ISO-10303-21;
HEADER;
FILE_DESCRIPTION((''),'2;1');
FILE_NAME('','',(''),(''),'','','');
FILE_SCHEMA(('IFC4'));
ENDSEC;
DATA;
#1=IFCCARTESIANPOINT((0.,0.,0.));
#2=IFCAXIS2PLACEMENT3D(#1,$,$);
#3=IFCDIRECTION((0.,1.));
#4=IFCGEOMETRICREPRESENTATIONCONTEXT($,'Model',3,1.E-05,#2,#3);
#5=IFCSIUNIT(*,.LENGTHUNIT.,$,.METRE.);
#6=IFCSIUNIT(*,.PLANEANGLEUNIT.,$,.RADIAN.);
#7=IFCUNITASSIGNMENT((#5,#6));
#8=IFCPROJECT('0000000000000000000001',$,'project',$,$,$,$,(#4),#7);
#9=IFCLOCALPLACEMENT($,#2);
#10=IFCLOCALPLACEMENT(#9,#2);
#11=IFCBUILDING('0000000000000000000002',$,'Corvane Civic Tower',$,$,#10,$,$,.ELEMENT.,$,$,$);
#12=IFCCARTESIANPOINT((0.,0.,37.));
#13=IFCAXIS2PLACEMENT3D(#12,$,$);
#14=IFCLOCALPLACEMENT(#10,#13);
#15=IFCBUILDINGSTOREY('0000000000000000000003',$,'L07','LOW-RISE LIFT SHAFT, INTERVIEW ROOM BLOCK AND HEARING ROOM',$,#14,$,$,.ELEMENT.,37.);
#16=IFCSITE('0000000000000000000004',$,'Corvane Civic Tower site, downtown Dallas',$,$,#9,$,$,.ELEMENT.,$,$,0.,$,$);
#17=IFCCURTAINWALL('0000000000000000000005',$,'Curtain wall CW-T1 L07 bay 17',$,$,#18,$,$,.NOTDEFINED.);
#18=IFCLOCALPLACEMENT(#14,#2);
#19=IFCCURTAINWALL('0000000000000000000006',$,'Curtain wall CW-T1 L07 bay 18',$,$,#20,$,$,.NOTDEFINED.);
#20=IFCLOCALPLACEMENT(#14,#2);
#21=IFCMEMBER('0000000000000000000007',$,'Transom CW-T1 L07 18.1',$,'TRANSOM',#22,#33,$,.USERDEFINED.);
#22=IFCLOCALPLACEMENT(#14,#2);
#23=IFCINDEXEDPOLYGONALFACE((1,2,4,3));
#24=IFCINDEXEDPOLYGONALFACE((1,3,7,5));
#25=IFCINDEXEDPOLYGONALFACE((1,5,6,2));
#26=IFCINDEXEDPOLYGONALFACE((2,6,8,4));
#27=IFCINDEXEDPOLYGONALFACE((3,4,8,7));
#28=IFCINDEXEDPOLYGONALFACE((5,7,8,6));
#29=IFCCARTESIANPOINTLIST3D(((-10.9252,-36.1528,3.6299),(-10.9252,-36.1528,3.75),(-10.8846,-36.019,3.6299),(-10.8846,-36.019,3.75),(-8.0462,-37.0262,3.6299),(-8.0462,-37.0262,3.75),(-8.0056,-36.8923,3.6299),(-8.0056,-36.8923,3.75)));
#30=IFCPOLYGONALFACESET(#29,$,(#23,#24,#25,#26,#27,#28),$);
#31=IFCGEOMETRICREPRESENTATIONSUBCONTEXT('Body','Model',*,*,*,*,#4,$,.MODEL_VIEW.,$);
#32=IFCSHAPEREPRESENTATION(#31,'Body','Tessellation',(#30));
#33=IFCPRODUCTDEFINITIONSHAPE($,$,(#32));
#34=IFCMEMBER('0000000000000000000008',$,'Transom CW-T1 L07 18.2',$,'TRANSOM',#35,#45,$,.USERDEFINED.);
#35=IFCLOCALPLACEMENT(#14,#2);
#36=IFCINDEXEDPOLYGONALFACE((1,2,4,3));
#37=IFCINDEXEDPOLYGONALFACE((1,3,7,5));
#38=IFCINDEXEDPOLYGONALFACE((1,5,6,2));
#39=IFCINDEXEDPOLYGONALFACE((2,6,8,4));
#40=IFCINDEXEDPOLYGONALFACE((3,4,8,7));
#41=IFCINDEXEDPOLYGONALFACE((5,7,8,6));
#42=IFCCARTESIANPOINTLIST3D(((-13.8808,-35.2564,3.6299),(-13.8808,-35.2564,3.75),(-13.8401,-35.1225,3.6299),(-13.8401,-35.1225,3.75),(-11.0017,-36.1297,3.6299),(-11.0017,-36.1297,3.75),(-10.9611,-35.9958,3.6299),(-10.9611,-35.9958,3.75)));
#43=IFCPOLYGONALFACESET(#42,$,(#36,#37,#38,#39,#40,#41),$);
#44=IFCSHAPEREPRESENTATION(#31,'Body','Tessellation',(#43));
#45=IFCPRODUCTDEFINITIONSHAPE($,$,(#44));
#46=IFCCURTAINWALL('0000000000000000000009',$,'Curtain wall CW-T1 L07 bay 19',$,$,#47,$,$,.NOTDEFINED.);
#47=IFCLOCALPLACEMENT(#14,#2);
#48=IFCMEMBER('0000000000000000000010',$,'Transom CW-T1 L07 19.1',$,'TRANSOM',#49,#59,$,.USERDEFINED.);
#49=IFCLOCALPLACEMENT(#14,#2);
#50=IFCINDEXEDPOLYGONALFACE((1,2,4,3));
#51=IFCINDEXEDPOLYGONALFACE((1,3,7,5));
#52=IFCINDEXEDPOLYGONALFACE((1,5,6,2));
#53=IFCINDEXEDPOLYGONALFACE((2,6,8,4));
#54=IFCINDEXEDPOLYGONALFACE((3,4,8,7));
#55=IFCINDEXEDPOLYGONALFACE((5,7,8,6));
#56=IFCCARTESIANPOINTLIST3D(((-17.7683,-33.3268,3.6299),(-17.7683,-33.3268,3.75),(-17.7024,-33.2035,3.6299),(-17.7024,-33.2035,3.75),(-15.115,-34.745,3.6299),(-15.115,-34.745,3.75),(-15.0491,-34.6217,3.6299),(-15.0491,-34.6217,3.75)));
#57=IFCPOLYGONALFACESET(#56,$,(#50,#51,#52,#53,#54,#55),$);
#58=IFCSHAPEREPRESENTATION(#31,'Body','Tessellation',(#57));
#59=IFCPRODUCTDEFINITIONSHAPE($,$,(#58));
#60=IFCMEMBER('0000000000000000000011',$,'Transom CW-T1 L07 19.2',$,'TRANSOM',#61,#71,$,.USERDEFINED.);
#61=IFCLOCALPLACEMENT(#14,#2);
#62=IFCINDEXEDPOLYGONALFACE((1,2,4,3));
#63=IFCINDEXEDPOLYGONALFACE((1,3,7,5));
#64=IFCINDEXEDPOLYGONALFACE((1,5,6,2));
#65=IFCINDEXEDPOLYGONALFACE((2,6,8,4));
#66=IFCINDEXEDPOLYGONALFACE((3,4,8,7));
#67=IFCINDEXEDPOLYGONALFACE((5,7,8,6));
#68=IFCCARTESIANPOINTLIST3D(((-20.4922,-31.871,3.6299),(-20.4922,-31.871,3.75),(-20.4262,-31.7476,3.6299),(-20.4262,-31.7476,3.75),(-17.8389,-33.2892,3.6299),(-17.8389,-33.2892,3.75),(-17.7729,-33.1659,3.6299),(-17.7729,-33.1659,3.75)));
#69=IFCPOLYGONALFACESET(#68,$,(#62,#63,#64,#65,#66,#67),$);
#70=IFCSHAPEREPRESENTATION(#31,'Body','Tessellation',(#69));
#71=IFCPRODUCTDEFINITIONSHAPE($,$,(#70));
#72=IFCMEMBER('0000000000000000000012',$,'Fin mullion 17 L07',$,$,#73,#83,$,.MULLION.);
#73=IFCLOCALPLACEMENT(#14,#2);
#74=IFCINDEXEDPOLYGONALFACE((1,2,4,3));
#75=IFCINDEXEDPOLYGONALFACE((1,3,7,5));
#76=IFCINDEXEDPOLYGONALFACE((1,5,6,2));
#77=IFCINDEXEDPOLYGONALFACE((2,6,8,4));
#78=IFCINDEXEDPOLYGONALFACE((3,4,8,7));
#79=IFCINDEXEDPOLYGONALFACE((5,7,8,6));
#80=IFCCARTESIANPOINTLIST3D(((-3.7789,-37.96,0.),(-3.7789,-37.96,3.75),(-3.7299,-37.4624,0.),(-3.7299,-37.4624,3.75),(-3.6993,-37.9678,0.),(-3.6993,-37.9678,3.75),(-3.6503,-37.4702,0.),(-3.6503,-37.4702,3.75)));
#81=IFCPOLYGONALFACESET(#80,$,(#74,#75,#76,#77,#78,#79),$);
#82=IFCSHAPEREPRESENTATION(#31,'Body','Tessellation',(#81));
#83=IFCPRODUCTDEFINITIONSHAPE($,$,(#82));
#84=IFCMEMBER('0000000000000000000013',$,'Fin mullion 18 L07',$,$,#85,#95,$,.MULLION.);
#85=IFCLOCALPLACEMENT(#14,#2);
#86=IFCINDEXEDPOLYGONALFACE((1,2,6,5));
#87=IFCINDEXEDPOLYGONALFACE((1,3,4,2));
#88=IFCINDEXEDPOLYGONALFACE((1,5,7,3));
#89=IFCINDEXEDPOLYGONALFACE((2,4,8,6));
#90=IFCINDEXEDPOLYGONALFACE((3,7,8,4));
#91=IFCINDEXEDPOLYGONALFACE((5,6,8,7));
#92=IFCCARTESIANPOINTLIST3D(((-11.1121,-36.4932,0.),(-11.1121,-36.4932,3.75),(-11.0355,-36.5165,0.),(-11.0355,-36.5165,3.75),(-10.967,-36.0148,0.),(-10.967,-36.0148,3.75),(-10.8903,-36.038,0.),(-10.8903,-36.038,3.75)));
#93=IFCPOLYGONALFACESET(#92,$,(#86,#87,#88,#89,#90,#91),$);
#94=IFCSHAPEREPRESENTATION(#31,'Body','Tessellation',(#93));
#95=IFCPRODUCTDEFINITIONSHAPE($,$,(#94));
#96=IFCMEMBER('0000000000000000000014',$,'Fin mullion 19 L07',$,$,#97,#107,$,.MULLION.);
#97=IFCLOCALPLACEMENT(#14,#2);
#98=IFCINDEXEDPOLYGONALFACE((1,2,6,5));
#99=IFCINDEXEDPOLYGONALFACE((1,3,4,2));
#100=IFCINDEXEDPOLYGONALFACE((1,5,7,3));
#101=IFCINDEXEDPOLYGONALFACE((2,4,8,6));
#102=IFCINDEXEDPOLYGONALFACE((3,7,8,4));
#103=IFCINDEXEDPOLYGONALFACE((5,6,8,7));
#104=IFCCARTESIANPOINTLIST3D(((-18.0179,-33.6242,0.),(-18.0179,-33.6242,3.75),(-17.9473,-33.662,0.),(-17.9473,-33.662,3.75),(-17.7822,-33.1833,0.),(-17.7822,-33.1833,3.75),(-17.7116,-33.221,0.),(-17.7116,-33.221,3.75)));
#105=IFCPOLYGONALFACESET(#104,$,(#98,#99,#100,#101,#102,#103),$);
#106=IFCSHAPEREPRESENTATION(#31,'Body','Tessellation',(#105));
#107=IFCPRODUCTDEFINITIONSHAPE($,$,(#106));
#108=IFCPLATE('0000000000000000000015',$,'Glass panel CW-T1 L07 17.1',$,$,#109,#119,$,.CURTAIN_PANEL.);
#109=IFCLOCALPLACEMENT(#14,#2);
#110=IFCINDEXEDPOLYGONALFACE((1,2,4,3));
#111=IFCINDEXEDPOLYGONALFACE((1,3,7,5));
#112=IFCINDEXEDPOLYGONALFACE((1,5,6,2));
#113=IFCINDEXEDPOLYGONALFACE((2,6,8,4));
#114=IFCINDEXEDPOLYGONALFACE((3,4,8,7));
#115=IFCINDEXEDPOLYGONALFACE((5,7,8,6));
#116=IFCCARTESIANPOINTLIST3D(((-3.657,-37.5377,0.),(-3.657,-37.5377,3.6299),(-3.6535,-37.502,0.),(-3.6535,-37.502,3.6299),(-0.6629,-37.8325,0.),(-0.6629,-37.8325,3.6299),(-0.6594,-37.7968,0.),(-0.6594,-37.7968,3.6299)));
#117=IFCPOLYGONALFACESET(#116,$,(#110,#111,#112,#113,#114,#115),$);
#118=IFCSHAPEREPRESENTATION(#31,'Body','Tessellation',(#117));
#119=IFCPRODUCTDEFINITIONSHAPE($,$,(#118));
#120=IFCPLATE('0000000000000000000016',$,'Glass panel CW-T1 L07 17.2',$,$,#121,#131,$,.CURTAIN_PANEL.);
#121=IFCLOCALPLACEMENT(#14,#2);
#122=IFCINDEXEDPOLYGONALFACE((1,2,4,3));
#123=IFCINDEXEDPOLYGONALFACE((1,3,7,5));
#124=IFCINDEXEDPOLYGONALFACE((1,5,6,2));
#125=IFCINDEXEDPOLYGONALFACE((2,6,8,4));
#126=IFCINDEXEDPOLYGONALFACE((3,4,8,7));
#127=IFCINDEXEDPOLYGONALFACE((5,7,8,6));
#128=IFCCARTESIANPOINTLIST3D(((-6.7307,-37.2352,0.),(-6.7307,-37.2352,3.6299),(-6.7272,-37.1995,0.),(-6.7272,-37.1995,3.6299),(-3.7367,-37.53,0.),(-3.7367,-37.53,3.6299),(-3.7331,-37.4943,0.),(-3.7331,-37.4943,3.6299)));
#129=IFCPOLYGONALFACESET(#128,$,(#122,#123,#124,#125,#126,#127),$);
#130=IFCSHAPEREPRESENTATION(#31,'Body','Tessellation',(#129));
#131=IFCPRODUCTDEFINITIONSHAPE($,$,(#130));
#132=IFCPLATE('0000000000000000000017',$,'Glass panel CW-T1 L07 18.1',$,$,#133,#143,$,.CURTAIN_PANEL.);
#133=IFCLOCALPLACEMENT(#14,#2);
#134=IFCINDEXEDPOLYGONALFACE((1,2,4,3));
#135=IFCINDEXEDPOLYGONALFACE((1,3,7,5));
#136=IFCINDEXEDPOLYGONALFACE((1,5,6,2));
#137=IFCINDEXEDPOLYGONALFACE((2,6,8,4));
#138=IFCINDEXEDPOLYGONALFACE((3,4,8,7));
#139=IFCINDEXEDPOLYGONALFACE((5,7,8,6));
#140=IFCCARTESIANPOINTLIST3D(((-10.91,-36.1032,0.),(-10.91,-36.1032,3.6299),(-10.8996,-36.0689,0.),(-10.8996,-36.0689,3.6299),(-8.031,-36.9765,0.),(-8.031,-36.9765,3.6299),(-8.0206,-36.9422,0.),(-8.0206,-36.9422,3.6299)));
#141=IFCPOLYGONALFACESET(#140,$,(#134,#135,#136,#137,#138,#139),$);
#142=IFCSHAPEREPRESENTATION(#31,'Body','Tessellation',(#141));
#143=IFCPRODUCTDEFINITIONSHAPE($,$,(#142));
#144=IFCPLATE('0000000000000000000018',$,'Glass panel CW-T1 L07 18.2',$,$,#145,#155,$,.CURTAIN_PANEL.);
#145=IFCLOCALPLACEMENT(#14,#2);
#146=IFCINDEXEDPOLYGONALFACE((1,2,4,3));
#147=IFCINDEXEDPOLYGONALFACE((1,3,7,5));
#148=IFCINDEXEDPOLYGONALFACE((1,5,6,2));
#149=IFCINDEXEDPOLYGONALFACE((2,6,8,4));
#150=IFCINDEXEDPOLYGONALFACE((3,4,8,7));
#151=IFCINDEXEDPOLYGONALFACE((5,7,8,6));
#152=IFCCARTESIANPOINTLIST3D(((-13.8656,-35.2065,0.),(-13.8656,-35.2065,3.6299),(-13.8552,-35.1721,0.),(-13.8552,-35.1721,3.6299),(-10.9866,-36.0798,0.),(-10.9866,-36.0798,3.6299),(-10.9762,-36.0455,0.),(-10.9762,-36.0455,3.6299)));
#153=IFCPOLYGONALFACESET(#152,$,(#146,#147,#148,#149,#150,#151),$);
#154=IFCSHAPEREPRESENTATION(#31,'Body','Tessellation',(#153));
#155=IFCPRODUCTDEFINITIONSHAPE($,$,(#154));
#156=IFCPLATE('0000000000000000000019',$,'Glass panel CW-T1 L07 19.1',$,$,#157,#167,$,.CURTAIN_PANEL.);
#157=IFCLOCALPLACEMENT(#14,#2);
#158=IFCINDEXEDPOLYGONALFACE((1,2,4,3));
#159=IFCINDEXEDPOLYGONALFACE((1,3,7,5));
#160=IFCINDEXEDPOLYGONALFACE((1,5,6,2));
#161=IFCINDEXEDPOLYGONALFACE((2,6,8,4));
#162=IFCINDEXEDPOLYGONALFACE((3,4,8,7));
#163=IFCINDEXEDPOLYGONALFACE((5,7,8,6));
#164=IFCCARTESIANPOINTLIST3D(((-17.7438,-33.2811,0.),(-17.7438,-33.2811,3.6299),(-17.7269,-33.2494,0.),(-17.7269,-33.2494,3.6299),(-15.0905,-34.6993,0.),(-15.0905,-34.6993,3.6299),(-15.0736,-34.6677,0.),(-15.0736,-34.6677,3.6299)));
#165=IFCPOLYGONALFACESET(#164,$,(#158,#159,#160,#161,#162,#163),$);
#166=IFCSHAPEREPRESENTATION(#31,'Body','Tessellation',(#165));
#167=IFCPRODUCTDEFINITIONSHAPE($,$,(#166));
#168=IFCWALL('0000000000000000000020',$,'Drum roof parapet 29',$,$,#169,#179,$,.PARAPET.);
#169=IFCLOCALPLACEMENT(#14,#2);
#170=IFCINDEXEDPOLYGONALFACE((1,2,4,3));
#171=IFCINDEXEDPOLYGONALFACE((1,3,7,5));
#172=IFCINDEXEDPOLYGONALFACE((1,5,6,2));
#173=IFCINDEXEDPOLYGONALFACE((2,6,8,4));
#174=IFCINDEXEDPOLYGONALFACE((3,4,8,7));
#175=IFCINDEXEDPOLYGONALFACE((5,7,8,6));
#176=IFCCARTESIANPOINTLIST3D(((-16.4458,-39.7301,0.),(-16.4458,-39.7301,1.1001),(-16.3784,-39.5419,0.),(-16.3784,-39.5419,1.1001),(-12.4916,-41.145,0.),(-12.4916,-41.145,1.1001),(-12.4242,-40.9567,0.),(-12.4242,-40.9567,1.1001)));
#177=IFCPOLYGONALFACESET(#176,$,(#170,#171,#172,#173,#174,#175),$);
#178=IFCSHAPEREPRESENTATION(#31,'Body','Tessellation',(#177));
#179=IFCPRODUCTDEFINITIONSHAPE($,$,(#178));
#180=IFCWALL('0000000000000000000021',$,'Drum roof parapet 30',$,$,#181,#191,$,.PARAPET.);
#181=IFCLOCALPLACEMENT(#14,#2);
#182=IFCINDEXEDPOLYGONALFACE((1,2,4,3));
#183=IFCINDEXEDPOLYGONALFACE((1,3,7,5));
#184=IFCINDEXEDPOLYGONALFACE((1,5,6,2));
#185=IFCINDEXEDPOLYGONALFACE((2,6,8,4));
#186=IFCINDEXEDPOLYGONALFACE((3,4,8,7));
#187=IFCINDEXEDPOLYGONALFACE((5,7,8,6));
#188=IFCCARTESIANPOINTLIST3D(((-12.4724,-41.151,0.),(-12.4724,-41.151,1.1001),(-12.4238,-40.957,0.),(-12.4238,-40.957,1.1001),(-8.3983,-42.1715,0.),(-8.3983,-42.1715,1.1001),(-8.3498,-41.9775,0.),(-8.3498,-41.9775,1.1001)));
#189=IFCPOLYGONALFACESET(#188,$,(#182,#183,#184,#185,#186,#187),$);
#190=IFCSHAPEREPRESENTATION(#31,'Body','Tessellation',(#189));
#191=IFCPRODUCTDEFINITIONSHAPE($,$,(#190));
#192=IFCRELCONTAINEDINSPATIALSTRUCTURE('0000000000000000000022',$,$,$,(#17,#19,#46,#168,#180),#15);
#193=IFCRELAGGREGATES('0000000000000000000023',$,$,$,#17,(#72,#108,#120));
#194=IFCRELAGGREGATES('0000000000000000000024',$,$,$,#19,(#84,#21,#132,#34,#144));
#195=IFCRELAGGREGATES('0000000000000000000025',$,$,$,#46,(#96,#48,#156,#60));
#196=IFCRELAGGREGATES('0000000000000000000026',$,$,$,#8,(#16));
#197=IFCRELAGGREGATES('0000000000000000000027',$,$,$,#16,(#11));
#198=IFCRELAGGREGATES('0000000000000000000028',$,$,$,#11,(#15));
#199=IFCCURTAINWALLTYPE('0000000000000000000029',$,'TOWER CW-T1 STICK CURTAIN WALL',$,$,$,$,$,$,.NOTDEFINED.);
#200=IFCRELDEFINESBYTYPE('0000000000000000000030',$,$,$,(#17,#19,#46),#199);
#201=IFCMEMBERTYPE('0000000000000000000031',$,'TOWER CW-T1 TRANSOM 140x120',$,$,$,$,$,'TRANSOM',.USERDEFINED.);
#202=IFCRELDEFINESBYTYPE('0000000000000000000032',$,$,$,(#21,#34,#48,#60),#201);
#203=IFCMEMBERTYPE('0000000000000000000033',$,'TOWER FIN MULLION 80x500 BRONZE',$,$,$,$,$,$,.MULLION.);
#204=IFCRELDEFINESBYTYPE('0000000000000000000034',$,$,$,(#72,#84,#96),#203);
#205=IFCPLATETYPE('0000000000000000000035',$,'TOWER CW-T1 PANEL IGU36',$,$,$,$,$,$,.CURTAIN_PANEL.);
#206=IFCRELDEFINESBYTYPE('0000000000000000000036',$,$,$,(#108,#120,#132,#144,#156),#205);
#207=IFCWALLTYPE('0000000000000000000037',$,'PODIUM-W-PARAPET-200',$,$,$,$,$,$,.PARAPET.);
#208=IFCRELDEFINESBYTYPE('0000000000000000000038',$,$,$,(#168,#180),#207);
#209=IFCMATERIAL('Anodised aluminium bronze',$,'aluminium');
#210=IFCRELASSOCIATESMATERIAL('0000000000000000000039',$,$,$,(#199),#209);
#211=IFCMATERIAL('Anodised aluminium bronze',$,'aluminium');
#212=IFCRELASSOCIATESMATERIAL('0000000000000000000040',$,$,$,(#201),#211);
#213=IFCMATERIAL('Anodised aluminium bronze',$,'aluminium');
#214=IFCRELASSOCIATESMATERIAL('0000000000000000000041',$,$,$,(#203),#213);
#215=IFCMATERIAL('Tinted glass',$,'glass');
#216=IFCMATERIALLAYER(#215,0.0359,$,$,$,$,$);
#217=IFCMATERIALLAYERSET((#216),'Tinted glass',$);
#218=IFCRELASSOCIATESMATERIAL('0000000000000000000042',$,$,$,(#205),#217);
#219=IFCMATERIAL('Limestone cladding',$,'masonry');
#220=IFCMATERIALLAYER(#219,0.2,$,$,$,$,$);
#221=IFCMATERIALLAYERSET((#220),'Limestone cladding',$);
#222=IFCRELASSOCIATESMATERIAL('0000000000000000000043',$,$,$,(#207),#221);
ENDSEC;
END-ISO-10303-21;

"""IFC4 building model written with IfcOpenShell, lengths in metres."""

from ifc_helpers import new_model, si_unit, direction, frame, frame_2d, origin, origin_2d, place, context, subcontext, project, spatial, rectangle, extrude, material, layer, layer_set, material_profile, profile_set, type_object, element, aggregate, save


model = new_model("IFC4")

# Units and contexts
model_context = context("Model", 3, precision=1e-05, world=origin(), true_north=direction((0.0, 1.0)))
body_context = subcontext(model_context, "Body", "Model", "MODEL_VIEW")
ifc_project = project(units=[si_unit("LENGTHUNIT", "METRE"), si_unit("PLANEANGLEUNIT", "RADIAN")], contexts=[model_context])

# Site, building, storey
site_placement = place(None, origin())
site = spatial("IfcSite", under=ifc_project, at=site_placement, Name="Corvane Civic Tower site, downtown Dallas", CompositionType="ELEMENT", RefElevation=0.0)
building_placement = place(site_placement, origin())
building = spatial("IfcBuilding", under=site, at=building_placement, Name="Corvane Civic Tower", CompositionType="ELEMENT")
storey_placement = place(building_placement, frame((0.0, 0.0, 37.0)))
storey = spatial("IfcBuildingStorey", under=building, at=storey_placement, Name="L07", Description="LOW-RISE LIFT SHAFT, INTERVIEW ROOM BLOCK AND HEARING ROOM", CompositionType="ELEMENT", Elevation=37.0)

# Curtain walls, members
ifc_material_1 = material(Name="Anodised aluminium bronze", Category="aluminium")
curtain_wall_type = type_object("IfcCurtainWallType", Name="TOWER CW-T1 STICK CURTAIN WALL", PredefinedType="NOTDEFINED", material=ifc_material_1)
curtain_wall_1_placement = place(storey_placement, origin())
curtain_wall_1 = element("IfcCurtainWall", 1, at=curtain_wall_1_placement, inside=storey, type_object=curtain_wall_type, Name="Curtain wall CW-T1 L07 bay 17", PredefinedType="NOTDEFINED")
ifc_material_2 = material(Name="Anodised aluminium bronze", Category="aluminium")
ifc_material_profile_1 = material_profile(ifc_material_2, rectangle(XDim=0.1399, YDim=0.1201, at=origin_2d()), Name="TOWER CW-T1 TRANSOM 140x120")
ifc_profile_set_1 = profile_set([ifc_material_profile_1], Name="Anodised aluminium bronze")
member_type_1 = type_object("IfcMemberType", Name="TOWER CW-T1 TRANSOM 140x120", ElementType="TRANSOM", PredefinedType="USERDEFINED", material=ifc_profile_set_1)
curtain_wall_2_placement = place(storey_placement, origin())
curtain_wall_2 = element("IfcCurtainWall", 2, at=curtain_wall_2_placement, inside=storey, type_object=curtain_wall_type, Name="Curtain wall CW-T1 L07 bay 18", PredefinedType="NOTDEFINED")
member_1_placement = place(storey_placement, frame((-8.0259, -36.9592, 3.6899), z_axis=(-0.956942, 0.29028, 0.0), x_axis=(-0.29028, -0.956942, 0.0)))
member_1 = element("IfcMember", 3, at=member_1_placement, type_object=member_type_1, Name="Transom CW-T1 L07 18.1", ObjectType="TRANSOM", PredefinedType="USERDEFINED", context=body_context, shape_type="SweptSolid", body=[
    extrude(rectangle(XDim=0.1399, YDim=0.1201, at=origin_2d()), origin(), (0.0, 0.0, 1.0), 3.0085),
])
member_2_placement = place(storey_placement, frame((-10.9814, -36.0627, 3.6899), z_axis=(-0.956942, 0.29028, 0.0), x_axis=(-0.29028, -0.956942, 0.0)))
member_2 = element("IfcMember", 4, at=member_2_placement, type_object=member_type_1, Name="Transom CW-T1 L07 18.2", ObjectType="TRANSOM", PredefinedType="USERDEFINED", context=body_context, shape_type="SweptSolid", body=[
    extrude(rectangle(XDim=0.1399, YDim=0.1201, at=origin_2d()), origin(), (0.0, 0.0, 1.0), 3.0085),
])
curtain_wall_3_placement = place(storey_placement, origin())
curtain_wall_3 = element("IfcCurtainWall", 5, at=curtain_wall_3_placement, inside=storey, type_object=curtain_wall_type, Name="Curtain wall CW-T1 L07 bay 19", PredefinedType="NOTDEFINED")
member_3_placement = place(storey_placement, frame((-15.082, -34.6833, 3.6899), z_axis=(-0.881924, 0.471393, 0.0), x_axis=(-0.471393, -0.881924, 0.0)))
member_3 = element("IfcMember", 6, at=member_3_placement, type_object=member_type_1, Name="Transom CW-T1 L07 19.1", ObjectType="TRANSOM", PredefinedType="USERDEFINED", context=body_context, shape_type="SweptSolid", body=[
    extrude(rectangle(XDim=0.1399, YDim=0.1201, at=origin_2d()), origin(), (0.0, 0.0, 1.0), 3.0085),
])
member_4_placement = place(storey_placement, frame((-17.8059, -33.2275, 3.6899), z_axis=(-0.881924, 0.471393, 0.0), x_axis=(-0.471393, -0.881924, 0.0)))
member_4 = element("IfcMember", 7, at=member_4_placement, type_object=member_type_1, Name="Transom CW-T1 L07 19.2", ObjectType="TRANSOM", PredefinedType="USERDEFINED", context=body_context, shape_type="SweptSolid", body=[
    extrude(rectangle(XDim=0.1399, YDim=0.1201, at=origin_2d()), origin(), (0.0, 0.0, 1.0), 3.0085),
])

# Members
ifc_material_3 = material(Name="Anodised aluminium bronze", Category="aluminium")
ifc_material_profile_2 = material_profile(ifc_material_3, rectangle(XDim=0.0801, YDim=0.5, at=origin_2d()), Name="TOWER FIN MULLION 80x500 BRONZE")
ifc_profile_set_2 = profile_set([ifc_material_profile_2], Name="Anodised aluminium bronze")
member_type_2 = type_object("IfcMemberType", Name="TOWER FIN MULLION 80x500 BRONZE", PredefinedType="MULLION", material=ifc_profile_set_2)
member_5_placement = place(storey_placement, frame((-3.7146, -37.7151, 0.0), z_axis=(0.0, 0.0, 1.0), x_axis=(-0.995186, 0.098006, 0.0)))
member_5 = element("IfcMember", 8, at=member_5_placement, type_object=member_type_2, Name="Fin mullion 17 L07", PredefinedType="MULLION", context=body_context, shape_type="SweptSolid", body=[
    extrude(rectangle(XDim=0.0801, YDim=0.5, at=origin_2d()), origin(), (0.0, 0.0, 1.0), 3.75),
])
member_6_placement = place(storey_placement, frame((-11.0012, -36.2656, 0.0), z_axis=(0.0, 0.0, 1.0), x_axis=(-0.956942, 0.290278, 0.0)))
member_6 = element("IfcMember", 9, at=member_6_placement, type_object=member_type_2, Name="Fin mullion 18 L07", PredefinedType="MULLION", context=body_context, shape_type="SweptSolid", body=[
    extrude(rectangle(XDim=0.0801, YDim=0.5, at=origin_2d()), origin(), (0.0, 0.0, 1.0), 3.75),
])
member_7_placement = place(storey_placement, frame((-17.8647, -33.4226, 0.0), z_axis=(0.0, 0.0, 1.0), x_axis=(-0.881918, 0.471404, 0.0)))
member_7 = element("IfcMember", 10, at=member_7_placement, type_object=member_type_2, Name="Fin mullion 19 L07", PredefinedType="MULLION", context=body_context, shape_type="SweptSolid", body=[
    extrude(rectangle(XDim=0.0801, YDim=0.5, at=origin_2d()), origin(), (0.0, 0.0, 1.0), 3.75),
])

# Plates
ifc_material_4 = material(Name="Tinted glass", Category="glass")
ifc_layer_1 = layer(ifc_material_4, 0.0359)
ifc_layer_set_1 = layer_set([ifc_layer_1], Name="Tinted glass")
plate_type = type_object("IfcPlateType", Name="TOWER CW-T1 PANEL IGU36", PredefinedType="CURTAIN_PANEL", material=ifc_layer_set_1)
plate_1_placement = place(storey_placement, frame((-2.1582, -37.6672, 0.0), z_axis=(0.0, 0.0, 1.0), x_axis=(-0.995186, 0.098006, 0.0)))
plate_1 = element("IfcPlate", 11, at=plate_1_placement, type_object=plate_type, Name="Glass panel CW-T1 L07 17.1", PredefinedType="CURTAIN_PANEL", context=body_context, shape_type="SweptSolid", body=[
    extrude(rectangle(XDim=3.0085, YDim=0.0359, at=origin_2d()), origin(), (0.0, 0.0, 1.0), 3.6299),
])
plate_2_placement = place(storey_placement, frame((-5.2319, -37.3647, 0.0), z_axis=(0.0, 0.0, 1.0), x_axis=(-0.995186, 0.098006, 0.0)))
plate_2 = element("IfcPlate", 12, at=plate_2_placement, type_object=plate_type, Name="Glass panel CW-T1 L07 17.2", PredefinedType="CURTAIN_PANEL", context=body_context, shape_type="SweptSolid", body=[
    extrude(rectangle(XDim=3.0085, YDim=0.0359, at=origin_2d()), origin(), (0.0, 0.0, 1.0), 3.6299),
])
aggregate(curtain_wall_1, [member_5, plate_1, plate_2])
plate_3_placement = place(storey_placement, frame((-9.4653, -36.5227, 0.0), z_axis=(0.0, 0.0, 1.0), x_axis=(-0.956942, 0.290278, 0.0)))
plate_3 = element("IfcPlate", 13, at=plate_3_placement, type_object=plate_type, Name="Glass panel CW-T1 L07 18.1", PredefinedType="CURTAIN_PANEL", context=body_context, shape_type="SweptSolid", body=[
    extrude(rectangle(XDim=3.0085, YDim=0.0359, at=origin_2d()), origin(), (0.0, 0.0, 1.0), 3.6299),
])
plate_4_placement = place(storey_placement, frame((-12.4209, -35.626, 0.0), z_axis=(0.0, 0.0, 1.0), x_axis=(-0.956942, 0.290278, 0.0)))
plate_4 = element("IfcPlate", 14, at=plate_4_placement, type_object=plate_type, Name="Glass panel CW-T1 L07 18.2", PredefinedType="CURTAIN_PANEL", context=body_context, shape_type="SweptSolid", body=[
    extrude(rectangle(XDim=3.0085, YDim=0.0359, at=origin_2d()), origin(), (0.0, 0.0, 1.0), 3.6299),
])
aggregate(curtain_wall_2, [member_6, member_1, plate_3, member_2, plate_4])
plate_5_placement = place(storey_placement, frame((-16.4087, -33.9744, 0.0), z_axis=(0.0, 0.0, 1.0), x_axis=(-0.881918, 0.471404, 0.0)))
plate_5 = element("IfcPlate", 15, at=plate_5_placement, type_object=plate_type, Name="Glass panel CW-T1 L07 19.1", PredefinedType="CURTAIN_PANEL", context=body_context, shape_type="SweptSolid", body=[
    extrude(rectangle(XDim=3.0085, YDim=0.0359, at=origin_2d()), origin(), (0.0, 0.0, 1.0), 3.6299),
])
aggregate(curtain_wall_3, [member_7, member_3, plate_5, member_4])

# Walls
ifc_material_5 = material(Name="Limestone cladding", Category="masonry")
ifc_layer_2 = layer(ifc_material_5, 0.2)
ifc_layer_set_2 = layer_set([ifc_layer_2], Name="Limestone cladding")
wall_type_1 = type_object("IfcWallType", Name="PODIUM-W-PARAPET-200", PredefinedType="PARAPET", material=ifc_layer_set_2)
wall_1_placement = place(storey_placement, frame((-16.4121, -39.636, 0.0), z_axis=(0.0, 0.0, 1.0), x_axis=(0.941544, -0.336889, 0.0)))
element("IfcWall", 16, at=wall_1_placement, inside=storey, type_object=wall_type_1, Name="Drum roof parapet 29", PredefinedType="PARAPET", context=body_context, shape_type="SweptSolid", body=[
    extrude(rectangle(XDim=4.1997, YDim=0.2, at=frame_2d((2.0999, 0.0))), origin(), (0.0, 0.0, 1.0), 1.1001),
])
wall_2_placement = place(storey_placement, frame((-12.4482, -41.054, 0.0), z_axis=(0.0, 0.0, 1.0), x_axis=(0.97003, -0.242987, 0.0)))
element("IfcWall", 17, at=wall_2_placement, inside=storey, type_object=wall_type_1, Name="Drum roof parapet 30", PredefinedType="PARAPET", context=body_context, shape_type="SweptSolid", body=[
    extrude(rectangle(XDim=4.2, YDim=0.2, at=frame_2d((2.1001, 0.0))), origin(), (0.0, 0.0, 1.0), 1.1001),
])

save(model, "model.ifc")
